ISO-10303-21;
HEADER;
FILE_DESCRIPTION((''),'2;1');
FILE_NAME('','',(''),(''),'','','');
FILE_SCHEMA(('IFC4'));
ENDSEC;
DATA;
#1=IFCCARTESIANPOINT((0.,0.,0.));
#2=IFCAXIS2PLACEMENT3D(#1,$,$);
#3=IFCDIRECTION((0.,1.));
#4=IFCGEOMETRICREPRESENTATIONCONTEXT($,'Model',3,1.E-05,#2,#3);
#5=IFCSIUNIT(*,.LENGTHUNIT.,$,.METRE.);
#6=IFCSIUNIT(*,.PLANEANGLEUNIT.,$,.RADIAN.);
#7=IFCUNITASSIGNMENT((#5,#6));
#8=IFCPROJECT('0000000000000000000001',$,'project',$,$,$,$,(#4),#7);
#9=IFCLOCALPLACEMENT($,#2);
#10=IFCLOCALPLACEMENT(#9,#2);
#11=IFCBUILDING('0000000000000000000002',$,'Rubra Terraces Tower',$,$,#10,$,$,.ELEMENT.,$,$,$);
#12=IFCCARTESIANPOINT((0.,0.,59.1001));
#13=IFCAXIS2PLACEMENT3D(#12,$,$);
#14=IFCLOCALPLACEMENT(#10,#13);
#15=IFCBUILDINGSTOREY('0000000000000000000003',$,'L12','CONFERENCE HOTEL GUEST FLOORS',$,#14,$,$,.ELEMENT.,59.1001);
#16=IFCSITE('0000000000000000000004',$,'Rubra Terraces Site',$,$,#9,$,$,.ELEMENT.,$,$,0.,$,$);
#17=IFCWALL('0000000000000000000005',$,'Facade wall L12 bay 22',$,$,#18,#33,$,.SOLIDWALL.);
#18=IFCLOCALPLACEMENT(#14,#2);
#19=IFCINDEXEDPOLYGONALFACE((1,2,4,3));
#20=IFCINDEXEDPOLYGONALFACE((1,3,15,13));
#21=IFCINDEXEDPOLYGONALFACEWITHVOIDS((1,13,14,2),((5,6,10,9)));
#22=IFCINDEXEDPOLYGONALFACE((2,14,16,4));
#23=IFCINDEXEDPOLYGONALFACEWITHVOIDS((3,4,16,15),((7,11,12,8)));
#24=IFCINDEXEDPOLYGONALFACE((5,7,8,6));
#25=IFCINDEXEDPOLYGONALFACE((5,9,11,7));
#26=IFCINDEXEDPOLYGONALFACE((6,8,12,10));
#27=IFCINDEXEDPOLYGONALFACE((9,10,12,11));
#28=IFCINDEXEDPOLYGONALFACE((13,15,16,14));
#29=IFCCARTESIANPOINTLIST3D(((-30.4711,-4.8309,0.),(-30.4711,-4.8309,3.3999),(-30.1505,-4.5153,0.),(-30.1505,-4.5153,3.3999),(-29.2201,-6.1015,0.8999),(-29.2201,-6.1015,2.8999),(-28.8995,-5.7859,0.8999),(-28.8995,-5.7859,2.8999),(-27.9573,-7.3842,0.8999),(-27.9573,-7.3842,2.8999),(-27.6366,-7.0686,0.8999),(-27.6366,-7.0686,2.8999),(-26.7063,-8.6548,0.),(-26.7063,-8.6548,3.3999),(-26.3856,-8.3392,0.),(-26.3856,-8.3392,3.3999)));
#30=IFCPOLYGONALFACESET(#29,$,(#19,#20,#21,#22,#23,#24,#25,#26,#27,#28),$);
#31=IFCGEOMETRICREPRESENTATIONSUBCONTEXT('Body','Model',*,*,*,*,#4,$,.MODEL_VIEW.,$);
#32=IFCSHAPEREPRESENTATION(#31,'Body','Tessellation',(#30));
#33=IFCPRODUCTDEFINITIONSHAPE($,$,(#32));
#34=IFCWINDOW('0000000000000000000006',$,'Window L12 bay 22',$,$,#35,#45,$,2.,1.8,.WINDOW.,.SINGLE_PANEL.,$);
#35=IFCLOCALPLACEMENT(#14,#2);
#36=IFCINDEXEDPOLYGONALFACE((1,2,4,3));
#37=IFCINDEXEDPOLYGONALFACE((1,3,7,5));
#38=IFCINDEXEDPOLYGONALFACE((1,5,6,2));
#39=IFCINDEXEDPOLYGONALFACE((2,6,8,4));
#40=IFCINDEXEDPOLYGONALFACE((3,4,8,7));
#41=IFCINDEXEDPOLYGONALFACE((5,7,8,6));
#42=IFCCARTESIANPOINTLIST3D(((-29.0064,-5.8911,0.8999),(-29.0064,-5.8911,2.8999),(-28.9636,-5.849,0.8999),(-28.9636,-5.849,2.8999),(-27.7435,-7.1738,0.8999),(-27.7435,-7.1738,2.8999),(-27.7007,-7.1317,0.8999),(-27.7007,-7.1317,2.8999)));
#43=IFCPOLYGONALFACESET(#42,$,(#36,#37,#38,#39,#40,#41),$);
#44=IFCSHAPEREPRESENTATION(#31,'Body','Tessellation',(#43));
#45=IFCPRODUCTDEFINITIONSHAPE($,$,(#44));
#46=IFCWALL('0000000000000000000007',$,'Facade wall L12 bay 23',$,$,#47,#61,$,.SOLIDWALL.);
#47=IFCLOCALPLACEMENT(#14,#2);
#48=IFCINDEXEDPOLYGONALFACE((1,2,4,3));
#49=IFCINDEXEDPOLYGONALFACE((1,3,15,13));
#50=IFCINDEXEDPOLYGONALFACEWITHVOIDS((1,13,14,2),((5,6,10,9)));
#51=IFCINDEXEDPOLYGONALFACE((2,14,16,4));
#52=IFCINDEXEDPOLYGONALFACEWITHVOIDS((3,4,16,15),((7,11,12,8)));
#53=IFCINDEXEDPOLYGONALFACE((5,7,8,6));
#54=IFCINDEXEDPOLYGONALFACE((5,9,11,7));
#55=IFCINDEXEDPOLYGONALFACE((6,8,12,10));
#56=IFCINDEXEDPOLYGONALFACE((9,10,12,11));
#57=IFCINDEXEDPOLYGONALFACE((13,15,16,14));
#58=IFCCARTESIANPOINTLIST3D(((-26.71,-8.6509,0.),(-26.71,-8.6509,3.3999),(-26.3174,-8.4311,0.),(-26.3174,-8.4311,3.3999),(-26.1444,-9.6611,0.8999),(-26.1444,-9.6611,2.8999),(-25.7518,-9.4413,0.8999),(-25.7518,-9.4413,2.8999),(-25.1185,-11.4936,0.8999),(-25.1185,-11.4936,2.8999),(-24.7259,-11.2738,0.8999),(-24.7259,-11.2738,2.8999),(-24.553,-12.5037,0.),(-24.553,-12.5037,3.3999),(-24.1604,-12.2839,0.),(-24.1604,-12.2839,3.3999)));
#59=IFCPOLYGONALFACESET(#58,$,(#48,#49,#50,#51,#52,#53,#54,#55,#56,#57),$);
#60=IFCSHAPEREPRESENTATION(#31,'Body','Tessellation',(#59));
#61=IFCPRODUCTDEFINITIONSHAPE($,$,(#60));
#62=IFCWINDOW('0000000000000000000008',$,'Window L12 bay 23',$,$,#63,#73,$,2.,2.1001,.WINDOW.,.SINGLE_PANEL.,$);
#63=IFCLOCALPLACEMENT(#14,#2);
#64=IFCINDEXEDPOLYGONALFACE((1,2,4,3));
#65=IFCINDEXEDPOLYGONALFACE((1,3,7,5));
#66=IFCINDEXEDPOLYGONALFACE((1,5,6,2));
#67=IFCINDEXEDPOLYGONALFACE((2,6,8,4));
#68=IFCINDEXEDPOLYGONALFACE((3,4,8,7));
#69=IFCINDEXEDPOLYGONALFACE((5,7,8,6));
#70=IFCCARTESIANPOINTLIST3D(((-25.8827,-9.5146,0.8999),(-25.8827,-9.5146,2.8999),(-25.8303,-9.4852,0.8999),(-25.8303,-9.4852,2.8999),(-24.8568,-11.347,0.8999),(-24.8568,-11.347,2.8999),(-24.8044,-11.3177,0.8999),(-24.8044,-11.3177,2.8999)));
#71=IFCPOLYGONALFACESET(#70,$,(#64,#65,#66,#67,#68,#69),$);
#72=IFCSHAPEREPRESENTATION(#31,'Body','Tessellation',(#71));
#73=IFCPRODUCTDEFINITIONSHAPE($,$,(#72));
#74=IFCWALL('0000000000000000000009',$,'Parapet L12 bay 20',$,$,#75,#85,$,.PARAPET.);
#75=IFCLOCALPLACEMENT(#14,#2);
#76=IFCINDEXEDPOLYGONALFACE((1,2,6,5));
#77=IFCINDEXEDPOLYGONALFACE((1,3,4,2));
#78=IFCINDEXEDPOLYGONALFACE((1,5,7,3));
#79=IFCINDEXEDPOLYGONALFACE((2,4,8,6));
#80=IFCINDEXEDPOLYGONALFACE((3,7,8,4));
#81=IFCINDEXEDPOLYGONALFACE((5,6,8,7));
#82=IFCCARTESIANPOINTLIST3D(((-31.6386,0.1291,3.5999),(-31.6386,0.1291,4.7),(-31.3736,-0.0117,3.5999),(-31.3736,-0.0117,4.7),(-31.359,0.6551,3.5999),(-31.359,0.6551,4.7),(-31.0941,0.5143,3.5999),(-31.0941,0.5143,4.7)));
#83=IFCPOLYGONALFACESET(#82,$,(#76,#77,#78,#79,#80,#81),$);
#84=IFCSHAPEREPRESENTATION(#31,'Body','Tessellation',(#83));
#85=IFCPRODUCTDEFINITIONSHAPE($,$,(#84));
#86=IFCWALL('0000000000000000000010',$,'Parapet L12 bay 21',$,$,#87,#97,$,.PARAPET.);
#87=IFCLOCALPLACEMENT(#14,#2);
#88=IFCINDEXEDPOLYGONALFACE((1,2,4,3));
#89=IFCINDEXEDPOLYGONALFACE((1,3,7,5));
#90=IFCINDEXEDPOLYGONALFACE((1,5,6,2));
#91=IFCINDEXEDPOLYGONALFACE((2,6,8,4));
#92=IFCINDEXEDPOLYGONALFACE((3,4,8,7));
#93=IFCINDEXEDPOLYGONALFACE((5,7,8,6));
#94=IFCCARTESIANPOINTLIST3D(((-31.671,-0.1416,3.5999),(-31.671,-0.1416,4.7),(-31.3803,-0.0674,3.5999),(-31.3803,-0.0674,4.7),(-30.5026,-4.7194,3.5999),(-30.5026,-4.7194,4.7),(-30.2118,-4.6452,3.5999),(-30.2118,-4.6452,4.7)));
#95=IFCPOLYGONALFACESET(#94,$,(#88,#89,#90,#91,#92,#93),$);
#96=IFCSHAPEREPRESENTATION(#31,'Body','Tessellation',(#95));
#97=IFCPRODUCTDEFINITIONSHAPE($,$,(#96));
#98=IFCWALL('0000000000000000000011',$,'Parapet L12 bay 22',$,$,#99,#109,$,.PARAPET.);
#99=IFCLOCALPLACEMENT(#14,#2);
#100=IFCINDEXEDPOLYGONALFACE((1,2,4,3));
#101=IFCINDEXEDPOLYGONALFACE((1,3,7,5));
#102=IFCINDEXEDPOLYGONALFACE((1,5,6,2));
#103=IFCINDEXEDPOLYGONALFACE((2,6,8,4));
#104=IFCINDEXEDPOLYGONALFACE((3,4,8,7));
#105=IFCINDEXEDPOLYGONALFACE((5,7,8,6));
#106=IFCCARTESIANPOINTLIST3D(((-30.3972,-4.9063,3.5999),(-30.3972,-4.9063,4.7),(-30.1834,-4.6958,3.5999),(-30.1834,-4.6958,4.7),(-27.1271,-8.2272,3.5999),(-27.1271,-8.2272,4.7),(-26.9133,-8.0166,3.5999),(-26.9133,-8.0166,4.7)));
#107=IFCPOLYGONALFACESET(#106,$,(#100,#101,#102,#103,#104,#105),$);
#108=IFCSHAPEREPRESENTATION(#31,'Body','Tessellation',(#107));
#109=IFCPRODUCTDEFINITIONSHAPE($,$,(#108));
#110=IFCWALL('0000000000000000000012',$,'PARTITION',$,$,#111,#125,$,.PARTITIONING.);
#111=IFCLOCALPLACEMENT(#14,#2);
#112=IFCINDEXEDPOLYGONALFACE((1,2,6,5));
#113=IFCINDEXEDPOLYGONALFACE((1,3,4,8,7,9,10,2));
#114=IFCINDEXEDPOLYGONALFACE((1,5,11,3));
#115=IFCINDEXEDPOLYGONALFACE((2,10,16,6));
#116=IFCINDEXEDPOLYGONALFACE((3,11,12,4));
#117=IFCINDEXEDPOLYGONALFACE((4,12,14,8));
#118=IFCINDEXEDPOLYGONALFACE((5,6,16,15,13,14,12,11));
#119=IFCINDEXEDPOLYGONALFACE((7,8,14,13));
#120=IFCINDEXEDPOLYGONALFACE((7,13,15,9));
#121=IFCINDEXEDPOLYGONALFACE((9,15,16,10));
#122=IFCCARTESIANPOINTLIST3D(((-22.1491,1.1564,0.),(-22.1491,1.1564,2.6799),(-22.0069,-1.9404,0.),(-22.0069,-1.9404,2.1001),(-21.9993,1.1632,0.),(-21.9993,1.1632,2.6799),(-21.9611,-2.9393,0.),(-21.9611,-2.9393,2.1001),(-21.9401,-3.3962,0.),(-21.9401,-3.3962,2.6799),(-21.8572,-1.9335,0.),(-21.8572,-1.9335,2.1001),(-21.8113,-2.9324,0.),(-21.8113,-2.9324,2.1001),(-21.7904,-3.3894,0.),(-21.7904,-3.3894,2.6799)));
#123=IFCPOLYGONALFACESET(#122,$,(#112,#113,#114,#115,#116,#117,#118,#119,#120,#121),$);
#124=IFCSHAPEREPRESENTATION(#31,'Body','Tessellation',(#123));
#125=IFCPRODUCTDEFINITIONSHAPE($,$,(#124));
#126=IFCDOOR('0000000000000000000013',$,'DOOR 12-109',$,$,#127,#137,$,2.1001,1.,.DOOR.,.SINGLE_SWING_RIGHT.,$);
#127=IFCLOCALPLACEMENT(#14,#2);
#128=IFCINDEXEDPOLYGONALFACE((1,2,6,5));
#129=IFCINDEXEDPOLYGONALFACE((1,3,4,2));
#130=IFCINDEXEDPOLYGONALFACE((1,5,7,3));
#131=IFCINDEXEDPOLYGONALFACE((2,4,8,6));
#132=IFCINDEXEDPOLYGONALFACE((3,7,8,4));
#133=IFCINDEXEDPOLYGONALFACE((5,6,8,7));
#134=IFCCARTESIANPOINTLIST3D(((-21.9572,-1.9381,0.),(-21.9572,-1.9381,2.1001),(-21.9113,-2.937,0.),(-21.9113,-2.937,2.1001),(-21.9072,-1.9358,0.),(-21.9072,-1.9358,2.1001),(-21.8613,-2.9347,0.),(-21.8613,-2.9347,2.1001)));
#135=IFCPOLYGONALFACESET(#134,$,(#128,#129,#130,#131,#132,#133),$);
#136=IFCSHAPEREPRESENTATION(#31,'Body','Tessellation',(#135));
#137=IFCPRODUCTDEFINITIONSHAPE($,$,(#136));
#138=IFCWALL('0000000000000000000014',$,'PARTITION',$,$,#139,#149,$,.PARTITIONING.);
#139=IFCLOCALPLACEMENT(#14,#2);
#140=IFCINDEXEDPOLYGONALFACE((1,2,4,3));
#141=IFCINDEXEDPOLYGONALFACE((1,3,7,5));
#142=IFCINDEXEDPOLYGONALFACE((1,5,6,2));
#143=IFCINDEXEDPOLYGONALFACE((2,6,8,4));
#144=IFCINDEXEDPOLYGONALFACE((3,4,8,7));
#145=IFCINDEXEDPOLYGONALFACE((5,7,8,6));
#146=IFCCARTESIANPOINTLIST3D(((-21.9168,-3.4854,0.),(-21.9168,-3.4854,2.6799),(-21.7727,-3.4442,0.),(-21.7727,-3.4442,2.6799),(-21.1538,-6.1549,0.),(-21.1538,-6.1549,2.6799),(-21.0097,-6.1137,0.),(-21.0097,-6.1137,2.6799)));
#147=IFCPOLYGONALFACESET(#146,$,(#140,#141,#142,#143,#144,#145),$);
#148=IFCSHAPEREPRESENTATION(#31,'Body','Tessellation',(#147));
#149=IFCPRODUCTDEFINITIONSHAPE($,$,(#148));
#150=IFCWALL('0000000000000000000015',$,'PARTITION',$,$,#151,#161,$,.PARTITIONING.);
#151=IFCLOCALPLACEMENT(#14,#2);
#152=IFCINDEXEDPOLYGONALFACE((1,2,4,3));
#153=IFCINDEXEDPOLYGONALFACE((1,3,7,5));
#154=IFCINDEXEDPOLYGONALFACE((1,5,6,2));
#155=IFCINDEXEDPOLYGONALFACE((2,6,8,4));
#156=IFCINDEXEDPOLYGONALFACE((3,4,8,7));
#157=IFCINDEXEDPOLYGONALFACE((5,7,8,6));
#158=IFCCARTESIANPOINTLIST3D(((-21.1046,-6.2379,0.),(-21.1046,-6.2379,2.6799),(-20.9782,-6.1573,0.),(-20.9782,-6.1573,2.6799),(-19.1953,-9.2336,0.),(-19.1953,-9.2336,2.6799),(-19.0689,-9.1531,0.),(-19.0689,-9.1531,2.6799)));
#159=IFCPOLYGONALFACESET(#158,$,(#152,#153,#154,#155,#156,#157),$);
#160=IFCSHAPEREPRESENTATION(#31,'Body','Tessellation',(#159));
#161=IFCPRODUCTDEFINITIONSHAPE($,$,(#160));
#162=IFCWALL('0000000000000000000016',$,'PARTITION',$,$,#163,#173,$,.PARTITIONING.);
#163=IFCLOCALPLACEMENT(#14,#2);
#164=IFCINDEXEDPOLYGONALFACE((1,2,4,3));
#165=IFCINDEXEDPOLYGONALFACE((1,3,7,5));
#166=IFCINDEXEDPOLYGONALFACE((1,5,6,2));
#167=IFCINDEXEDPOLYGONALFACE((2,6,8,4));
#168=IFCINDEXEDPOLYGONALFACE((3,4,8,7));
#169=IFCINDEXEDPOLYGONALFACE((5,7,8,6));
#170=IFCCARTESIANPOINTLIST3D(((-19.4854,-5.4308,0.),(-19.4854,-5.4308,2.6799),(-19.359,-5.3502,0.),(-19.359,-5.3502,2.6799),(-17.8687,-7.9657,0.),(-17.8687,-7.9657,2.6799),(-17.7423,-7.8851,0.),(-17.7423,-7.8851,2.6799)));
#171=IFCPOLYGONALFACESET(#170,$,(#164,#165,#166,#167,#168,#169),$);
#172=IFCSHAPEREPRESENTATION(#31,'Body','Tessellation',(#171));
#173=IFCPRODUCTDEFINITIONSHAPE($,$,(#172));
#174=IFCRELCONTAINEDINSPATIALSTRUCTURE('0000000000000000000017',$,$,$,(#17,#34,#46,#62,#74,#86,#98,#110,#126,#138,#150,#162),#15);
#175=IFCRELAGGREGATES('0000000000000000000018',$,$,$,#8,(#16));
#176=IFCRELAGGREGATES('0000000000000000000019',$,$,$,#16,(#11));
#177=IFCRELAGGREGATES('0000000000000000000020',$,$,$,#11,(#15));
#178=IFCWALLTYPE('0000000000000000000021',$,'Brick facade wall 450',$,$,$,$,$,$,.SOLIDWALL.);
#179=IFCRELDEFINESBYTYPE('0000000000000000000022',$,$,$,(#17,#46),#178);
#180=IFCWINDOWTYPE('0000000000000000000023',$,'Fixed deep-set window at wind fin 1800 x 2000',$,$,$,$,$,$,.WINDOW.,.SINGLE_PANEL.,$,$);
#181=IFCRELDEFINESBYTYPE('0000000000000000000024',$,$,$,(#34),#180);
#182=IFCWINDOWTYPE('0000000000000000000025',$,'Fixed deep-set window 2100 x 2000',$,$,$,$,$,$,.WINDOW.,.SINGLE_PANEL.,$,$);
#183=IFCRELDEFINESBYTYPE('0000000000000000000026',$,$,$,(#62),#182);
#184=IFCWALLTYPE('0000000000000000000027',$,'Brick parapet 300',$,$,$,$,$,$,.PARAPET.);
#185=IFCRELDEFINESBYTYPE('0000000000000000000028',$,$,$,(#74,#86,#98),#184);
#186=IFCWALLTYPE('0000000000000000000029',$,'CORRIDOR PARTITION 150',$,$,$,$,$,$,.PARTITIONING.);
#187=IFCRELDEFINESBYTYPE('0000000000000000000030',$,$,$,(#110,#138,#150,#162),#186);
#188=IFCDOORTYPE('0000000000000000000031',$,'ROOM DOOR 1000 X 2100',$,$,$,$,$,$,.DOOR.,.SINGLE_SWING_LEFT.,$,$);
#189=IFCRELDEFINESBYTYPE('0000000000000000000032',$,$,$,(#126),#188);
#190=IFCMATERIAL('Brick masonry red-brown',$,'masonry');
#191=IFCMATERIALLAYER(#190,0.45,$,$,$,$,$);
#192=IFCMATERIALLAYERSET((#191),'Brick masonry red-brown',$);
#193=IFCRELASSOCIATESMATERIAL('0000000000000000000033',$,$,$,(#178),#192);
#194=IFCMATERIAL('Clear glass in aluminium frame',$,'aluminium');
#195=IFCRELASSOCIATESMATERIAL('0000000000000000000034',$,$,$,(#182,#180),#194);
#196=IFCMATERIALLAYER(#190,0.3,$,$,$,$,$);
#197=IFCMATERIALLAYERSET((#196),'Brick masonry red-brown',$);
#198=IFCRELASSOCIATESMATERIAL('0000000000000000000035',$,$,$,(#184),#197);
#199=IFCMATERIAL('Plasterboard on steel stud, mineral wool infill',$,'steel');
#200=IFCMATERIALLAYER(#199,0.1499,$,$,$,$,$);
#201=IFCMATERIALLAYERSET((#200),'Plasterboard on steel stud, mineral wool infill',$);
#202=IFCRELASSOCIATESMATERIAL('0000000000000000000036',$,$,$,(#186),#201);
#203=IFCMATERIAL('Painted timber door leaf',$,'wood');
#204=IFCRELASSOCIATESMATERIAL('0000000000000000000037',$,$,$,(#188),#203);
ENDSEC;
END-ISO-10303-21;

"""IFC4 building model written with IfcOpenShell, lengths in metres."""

from ifc_helpers import new_model, si_unit, direction, frame, frame_2d, origin, place, context, subcontext, project, spatial, rectangle, extrude, material, layer, layer_set, type_object, element, fill, save


model = new_model("IFC4")

# Units and contexts
model_context = context("Model", 3, precision=1e-05, world=origin(), true_north=direction((0.0, 1.0)))
body_context = subcontext(model_context, "Body", "Model", "MODEL_VIEW")
ifc_project = project(units=[si_unit("LENGTHUNIT", "METRE"), si_unit("PLANEANGLEUNIT", "RADIAN")], contexts=[model_context])

# Site, building, storey
site_placement = place(None, origin())
site = spatial("IfcSite", under=ifc_project, at=site_placement, Name="Rubra Terraces Site", CompositionType="ELEMENT", RefElevation=0.0)
building_placement = place(site_placement, origin())
building = spatial("IfcBuilding", under=site, at=building_placement, Name="Rubra Terraces Tower", CompositionType="ELEMENT")
storey_placement = place(building_placement, frame((0.0, 0.0, 59.1001)))
storey = spatial("IfcBuildingStorey", under=building, at=storey_placement, Name="L12", Description="CONFERENCE HOTEL GUEST FLOORS", CompositionType="ELEMENT", Elevation=59.1001)

# Walls, openings, windows
ifc_material_1 = material(Name="Brick masonry red-brown", Category="masonry")
ifc_layer_1 = layer(ifc_material_1, 0.45)
ifc_layer_set_1 = layer_set([ifc_layer_1], Name="Brick masonry red-brown")
wall_type_1 = type_object("IfcWallType", Name="Brick facade wall 450", PredefinedType="SOLIDWALL", material=ifc_layer_set_1)
ifc_material_2 = material(Name="Clear glass in aluminium frame", Category="aluminium")
window_type_1 = type_object("IfcWindowType", Name="Fixed deep-set window 2100 x 2000", PartitioningType="SINGLE_PANEL", PredefinedType="WINDOW", material=ifc_material_2)
wall_1_placement = place(storey_placement, frame((-30.3108, -4.6731, 0.0), z_axis=(0.0, 0.0, 1.0), x_axis=(0.70158, -0.71259, 0.0)))
wall_1 = element("IfcWall", 1, at=wall_1_placement, inside=storey, type_object=wall_type_1, Name="Facade wall L12 bay 22", PredefinedType="SOLIDWALL", context=body_context, shape_type="SweptSolid", body=[
    extrude(rectangle(XDim=5.3662, YDim=0.45, at=frame_2d((2.6831, 0.0))), origin(), (0.0, 0.0, 1.0), 3.3999),
])
opening_1_placement = place(wall_1_placement, frame((1.7832, 0.0, 0.8999)))
opening_1 = element("IfcOpeningElement", 2, at=opening_1_placement, cuts=wall_1, PredefinedType="OPENING", context=body_context, shape_type="SweptSolid", body=[
    extrude(rectangle(XDim=1.8, YDim=2.0, at=frame_2d((0.8999, 1.0))), frame((0.0, 0.2349, 0.0), z_axis=(0.0, -1.0, 0.0), x_axis=(1.0, 0.0, 0.0)), (0.0, 0.0, 1.0), 0.47),
])
window_type_2 = type_object("IfcWindowType", Name="Fixed deep-set window at wind fin 1800 x 2000", PartitioningType="SINGLE_PANEL", PredefinedType="WINDOW", material=ifc_material_2)
window_1_placement = place(opening_1_placement, origin())
window_1 = element("IfcWindow", 3, at=window_1_placement, inside=storey, type_object=window_type_2, Name="Window L12 bay 22", OverallHeight=2.0, OverallWidth=1.8, PartitioningType="SINGLE_PANEL", PredefinedType="WINDOW", context=body_context, shape_type="SweptSolid", body=[
    extrude(rectangle(XDim=1.8, YDim=2.0, at=frame_2d((0.8999, 1.0))), frame((0.0, 0.135, 0.0), z_axis=(0.0, -1.0, 0.0), x_axis=(1.0, 0.0, 0.0)), (0.0, 0.0, 1.0), 0.0601),
])
fill(opening_1, window_1)
wall_2_placement = place(storey_placement, frame((-26.5137, -8.541, 0.0), z_axis=(0.0, 0.0, 1.0), x_axis=(0.488504, -0.872562, 0.0)))
wall_2 = element("IfcWall", 4, at=wall_2_placement, inside=storey, type_object=wall_type_1, Name="Facade wall L12 bay 23", PredefinedType="SOLIDWALL", context=body_context, shape_type="SweptSolid", body=[
    extrude(rectangle(XDim=4.4155, YDim=0.45, at=frame_2d((2.2078, 0.0))), origin(), (0.0, 0.0, 1.0), 3.3999),
])
opening_2_placement = place(wall_2_placement, frame((1.1577, 0.0, 0.8999)))
opening_2 = element("IfcOpeningElement", 5, at=opening_2_placement, cuts=wall_2, PredefinedType="OPENING", context=body_context, shape_type="SweptSolid", body=[
    extrude(rectangle(XDim=2.1001, YDim=2.0, at=frame_2d((1.05, 1.0))), frame((0.0, 0.2349, 0.0), z_axis=(0.0, -1.0, 0.0), x_axis=(1.0, 0.0, 0.0)), (0.0, 0.0, 1.0), 0.47),
])
window_2_placement = place(opening_2_placement, origin())
window_2 = element("IfcWindow", 6, at=window_2_placement, inside=storey, type_object=window_type_1, Name="Window L12 bay 23", OverallHeight=2.0, OverallWidth=2.1001, PartitioningType="SINGLE_PANEL", PredefinedType="WINDOW", context=body_context, shape_type="SweptSolid", body=[
    extrude(rectangle(XDim=2.1001, YDim=2.0, at=frame_2d((1.05, 1.0))), frame((0.0, 0.135, 0.0), z_axis=(0.0, -1.0, 0.0), x_axis=(1.0, 0.0, 0.0)), (0.0, 0.0, 1.0), 0.0601),
])
fill(opening_2, window_2)

# Walls
ifc_layer_2 = layer(ifc_material_1, 0.3)
ifc_layer_set_2 = layer_set([ifc_layer_2], Name="Brick masonry red-brown")
wall_type_2 = type_object("IfcWallType", Name="Brick parapet 300", PredefinedType="PARAPET", material=ifc_layer_set_2)
wall_3_placement = place(storey_placement, frame((-31.2266, 0.5847, 3.5999), z_axis=(0.0, 0.0, 1.0), x_axis=(-0.469205, -0.883089, 0.0)))
element("IfcWall", 7, at=wall_3_placement, inside=storey, type_object=wall_type_2, Name="Parapet L12 bay 20", PredefinedType="PARAPET", context=body_context, shape_type="SweptSolid", body=[
    extrude(rectangle(XDim=0.5957, YDim=0.3, at=frame_2d((0.2979, 0.0))), origin(), (0.0, 0.0, 1.0), 1.1001),
])
wall_4_placement = place(storey_placement, frame((-31.5256, -0.1045, 3.5999), z_axis=(0.0, 0.0, 1.0), x_axis=(0.247311, -0.968936, 0.0)))
element("IfcWall", 8, at=wall_4_placement, inside=storey, type_object=wall_type_2, Name="Parapet L12 bay 21", PredefinedType="PARAPET", context=body_context, shape_type="SweptSolid", body=[
    extrude(rectangle(XDim=4.7246, YDim=0.3, at=frame_2d((2.3623, 0.0))), origin(), (0.0, 0.0, 1.0), 1.1001),
])
wall_5_placement = place(storey_placement, frame((-30.2903, -4.801, 3.5999), z_axis=(0.0, 0.0, 1.0), x_axis=(0.701638, -0.712534, 0.0)))
element("IfcWall", 9, at=wall_5_placement, inside=storey, type_object=wall_type_2, Name="Parapet L12 bay 22", PredefinedType="PARAPET", context=body_context, shape_type="SweptSolid", body=[
    extrude(rectangle(XDim=4.6606, YDim=0.3, at=frame_2d((2.3303, 0.0))), origin(), (0.0, 0.0, 1.0), 1.1001),
])

# Wall, opening, door
ifc_material_3 = material(Name="Plasterboard on steel stud, mineral wool infill", Category="steel")
ifc_layer_3 = layer(ifc_material_3, 0.1499)
ifc_layer_set_3 = layer_set([ifc_layer_3], Name="Plasterboard on steel stud, mineral wool infill")
wall_type_3 = type_object("IfcWallType", Name="CORRIDOR PARTITION 150", PredefinedType="PARTITIONING", material=ifc_layer_set_3)
wall_6_placement = place(storey_placement, frame((-22.0742, 1.1599, 0.0), z_axis=(0.0, 0.0, 1.0), x_axis=(0.045857, -0.998948, 0.0)))
wall_6 = element("IfcWall", 10, at=wall_6_placement, inside=storey, type_object=wall_type_3, Name="PARTITION", PredefinedType="PARTITIONING", context=body_context, shape_type="SweptSolid", body=[
    extrude(rectangle(XDim=4.5574, YDim=0.1499, at=frame_2d((2.2788, 0.0))), origin(), (0.0, 0.0, 1.0), 2.6799),
])
opening_3_placement = place(wall_6_placement, frame((3.1001, 0.0, 0.0)))
opening_3 = element("IfcOpeningElement", 11, at=opening_3_placement, cuts=wall_6, PredefinedType="OPENING", context=body_context, shape_type="SweptSolid", body=[
    extrude(rectangle(XDim=1.0, YDim=2.1001, at=frame_2d((0.5, 1.05))), frame((0.0, 0.085, 0.0), z_axis=(0.0, -1.0, 0.0), x_axis=(1.0, 0.0, 0.0)), (0.0, 0.0, 1.0), 0.1699),
])
ifc_material_4 = material(Name="Painted timber door leaf", Category="wood")
door_type_1 = type_object("IfcDoorType", Name="ROOM DOOR 1000 X 2100", OperationType="SINGLE_SWING_LEFT", PredefinedType="DOOR", material=ifc_material_4)
door_1_placement = place(opening_3_placement, origin())
door_1 = element("IfcDoor", 12, at=door_1_placement, inside=storey, type_object=door_type_1, Name="DOOR 12-109", OperationType="SINGLE_SWING_RIGHT", OverallHeight=2.1001, OverallWidth=1.0, PredefinedType="DOOR", context=body_context, shape_type="SweptSolid", body=[
    extrude(rectangle(XDim=1.0, YDim=2.1001, at=frame_2d((0.5, 1.05))), frame((0.0, 0.0249, 0.0), z_axis=(0.0, -1.0, 0.0), x_axis=(1.0, 0.0, 0.0)), (0.0, 0.0, 1.0), 0.05),
])
fill(opening_3, door_1)

# Walls
wall_7_placement = place(storey_placement, frame((-21.8447, -3.4648, 0.0), z_axis=(0.0, 0.0, 1.0), x_axis=(0.274802, -0.961501, 0.0)))
element("IfcWall", 13, at=wall_7_placement, inside=storey, type_object=wall_type_3, Name="PARTITION", PredefinedType="PARTITIONING", context=body_context, shape_type="SweptSolid", body=[
    extrude(rectangle(XDim=2.7764, YDim=0.1499, at=frame_2d((1.3882, 0.0))), origin(), (0.0, 0.0, 1.0), 2.6799),
])
wall_8_placement = place(storey_placement, frame((-21.0415, -6.1975, 0.0), z_axis=(0.0, 0.0, 1.0), x_axis=(0.537471, -0.843282, 0.0)))
element("IfcWall", 14, at=wall_8_placement, inside=storey, type_object=wall_type_3, Name="PARTITION", PredefinedType="PARTITIONING", context=body_context, shape_type="SweptSolid", body=[
    extrude(rectangle(XDim=3.5525, YDim=0.1499, at=frame_2d((1.7764, 0.0))), origin(), (0.0, 0.0, 1.0), 2.6799),
])
wall_9_placement = place(storey_placement, frame((-17.8054, -7.9255, 0.0), z_axis=(0.0, 0.0, 1.0), x_axis=(-0.537721, 0.843123, 0.0)))
element("IfcWall", 15, at=wall_9_placement, inside=storey, type_object=wall_type_3, Name="PARTITION", PredefinedType="PARTITIONING", context=body_context, shape_type="SweptSolid", body=[
    extrude(rectangle(XDim=3.0066, YDim=0.1499, at=frame_2d((1.5034, 0.0))), origin(), (0.0, 0.0, 1.0), 2.6799),
])

save(model, "model.ifc")
